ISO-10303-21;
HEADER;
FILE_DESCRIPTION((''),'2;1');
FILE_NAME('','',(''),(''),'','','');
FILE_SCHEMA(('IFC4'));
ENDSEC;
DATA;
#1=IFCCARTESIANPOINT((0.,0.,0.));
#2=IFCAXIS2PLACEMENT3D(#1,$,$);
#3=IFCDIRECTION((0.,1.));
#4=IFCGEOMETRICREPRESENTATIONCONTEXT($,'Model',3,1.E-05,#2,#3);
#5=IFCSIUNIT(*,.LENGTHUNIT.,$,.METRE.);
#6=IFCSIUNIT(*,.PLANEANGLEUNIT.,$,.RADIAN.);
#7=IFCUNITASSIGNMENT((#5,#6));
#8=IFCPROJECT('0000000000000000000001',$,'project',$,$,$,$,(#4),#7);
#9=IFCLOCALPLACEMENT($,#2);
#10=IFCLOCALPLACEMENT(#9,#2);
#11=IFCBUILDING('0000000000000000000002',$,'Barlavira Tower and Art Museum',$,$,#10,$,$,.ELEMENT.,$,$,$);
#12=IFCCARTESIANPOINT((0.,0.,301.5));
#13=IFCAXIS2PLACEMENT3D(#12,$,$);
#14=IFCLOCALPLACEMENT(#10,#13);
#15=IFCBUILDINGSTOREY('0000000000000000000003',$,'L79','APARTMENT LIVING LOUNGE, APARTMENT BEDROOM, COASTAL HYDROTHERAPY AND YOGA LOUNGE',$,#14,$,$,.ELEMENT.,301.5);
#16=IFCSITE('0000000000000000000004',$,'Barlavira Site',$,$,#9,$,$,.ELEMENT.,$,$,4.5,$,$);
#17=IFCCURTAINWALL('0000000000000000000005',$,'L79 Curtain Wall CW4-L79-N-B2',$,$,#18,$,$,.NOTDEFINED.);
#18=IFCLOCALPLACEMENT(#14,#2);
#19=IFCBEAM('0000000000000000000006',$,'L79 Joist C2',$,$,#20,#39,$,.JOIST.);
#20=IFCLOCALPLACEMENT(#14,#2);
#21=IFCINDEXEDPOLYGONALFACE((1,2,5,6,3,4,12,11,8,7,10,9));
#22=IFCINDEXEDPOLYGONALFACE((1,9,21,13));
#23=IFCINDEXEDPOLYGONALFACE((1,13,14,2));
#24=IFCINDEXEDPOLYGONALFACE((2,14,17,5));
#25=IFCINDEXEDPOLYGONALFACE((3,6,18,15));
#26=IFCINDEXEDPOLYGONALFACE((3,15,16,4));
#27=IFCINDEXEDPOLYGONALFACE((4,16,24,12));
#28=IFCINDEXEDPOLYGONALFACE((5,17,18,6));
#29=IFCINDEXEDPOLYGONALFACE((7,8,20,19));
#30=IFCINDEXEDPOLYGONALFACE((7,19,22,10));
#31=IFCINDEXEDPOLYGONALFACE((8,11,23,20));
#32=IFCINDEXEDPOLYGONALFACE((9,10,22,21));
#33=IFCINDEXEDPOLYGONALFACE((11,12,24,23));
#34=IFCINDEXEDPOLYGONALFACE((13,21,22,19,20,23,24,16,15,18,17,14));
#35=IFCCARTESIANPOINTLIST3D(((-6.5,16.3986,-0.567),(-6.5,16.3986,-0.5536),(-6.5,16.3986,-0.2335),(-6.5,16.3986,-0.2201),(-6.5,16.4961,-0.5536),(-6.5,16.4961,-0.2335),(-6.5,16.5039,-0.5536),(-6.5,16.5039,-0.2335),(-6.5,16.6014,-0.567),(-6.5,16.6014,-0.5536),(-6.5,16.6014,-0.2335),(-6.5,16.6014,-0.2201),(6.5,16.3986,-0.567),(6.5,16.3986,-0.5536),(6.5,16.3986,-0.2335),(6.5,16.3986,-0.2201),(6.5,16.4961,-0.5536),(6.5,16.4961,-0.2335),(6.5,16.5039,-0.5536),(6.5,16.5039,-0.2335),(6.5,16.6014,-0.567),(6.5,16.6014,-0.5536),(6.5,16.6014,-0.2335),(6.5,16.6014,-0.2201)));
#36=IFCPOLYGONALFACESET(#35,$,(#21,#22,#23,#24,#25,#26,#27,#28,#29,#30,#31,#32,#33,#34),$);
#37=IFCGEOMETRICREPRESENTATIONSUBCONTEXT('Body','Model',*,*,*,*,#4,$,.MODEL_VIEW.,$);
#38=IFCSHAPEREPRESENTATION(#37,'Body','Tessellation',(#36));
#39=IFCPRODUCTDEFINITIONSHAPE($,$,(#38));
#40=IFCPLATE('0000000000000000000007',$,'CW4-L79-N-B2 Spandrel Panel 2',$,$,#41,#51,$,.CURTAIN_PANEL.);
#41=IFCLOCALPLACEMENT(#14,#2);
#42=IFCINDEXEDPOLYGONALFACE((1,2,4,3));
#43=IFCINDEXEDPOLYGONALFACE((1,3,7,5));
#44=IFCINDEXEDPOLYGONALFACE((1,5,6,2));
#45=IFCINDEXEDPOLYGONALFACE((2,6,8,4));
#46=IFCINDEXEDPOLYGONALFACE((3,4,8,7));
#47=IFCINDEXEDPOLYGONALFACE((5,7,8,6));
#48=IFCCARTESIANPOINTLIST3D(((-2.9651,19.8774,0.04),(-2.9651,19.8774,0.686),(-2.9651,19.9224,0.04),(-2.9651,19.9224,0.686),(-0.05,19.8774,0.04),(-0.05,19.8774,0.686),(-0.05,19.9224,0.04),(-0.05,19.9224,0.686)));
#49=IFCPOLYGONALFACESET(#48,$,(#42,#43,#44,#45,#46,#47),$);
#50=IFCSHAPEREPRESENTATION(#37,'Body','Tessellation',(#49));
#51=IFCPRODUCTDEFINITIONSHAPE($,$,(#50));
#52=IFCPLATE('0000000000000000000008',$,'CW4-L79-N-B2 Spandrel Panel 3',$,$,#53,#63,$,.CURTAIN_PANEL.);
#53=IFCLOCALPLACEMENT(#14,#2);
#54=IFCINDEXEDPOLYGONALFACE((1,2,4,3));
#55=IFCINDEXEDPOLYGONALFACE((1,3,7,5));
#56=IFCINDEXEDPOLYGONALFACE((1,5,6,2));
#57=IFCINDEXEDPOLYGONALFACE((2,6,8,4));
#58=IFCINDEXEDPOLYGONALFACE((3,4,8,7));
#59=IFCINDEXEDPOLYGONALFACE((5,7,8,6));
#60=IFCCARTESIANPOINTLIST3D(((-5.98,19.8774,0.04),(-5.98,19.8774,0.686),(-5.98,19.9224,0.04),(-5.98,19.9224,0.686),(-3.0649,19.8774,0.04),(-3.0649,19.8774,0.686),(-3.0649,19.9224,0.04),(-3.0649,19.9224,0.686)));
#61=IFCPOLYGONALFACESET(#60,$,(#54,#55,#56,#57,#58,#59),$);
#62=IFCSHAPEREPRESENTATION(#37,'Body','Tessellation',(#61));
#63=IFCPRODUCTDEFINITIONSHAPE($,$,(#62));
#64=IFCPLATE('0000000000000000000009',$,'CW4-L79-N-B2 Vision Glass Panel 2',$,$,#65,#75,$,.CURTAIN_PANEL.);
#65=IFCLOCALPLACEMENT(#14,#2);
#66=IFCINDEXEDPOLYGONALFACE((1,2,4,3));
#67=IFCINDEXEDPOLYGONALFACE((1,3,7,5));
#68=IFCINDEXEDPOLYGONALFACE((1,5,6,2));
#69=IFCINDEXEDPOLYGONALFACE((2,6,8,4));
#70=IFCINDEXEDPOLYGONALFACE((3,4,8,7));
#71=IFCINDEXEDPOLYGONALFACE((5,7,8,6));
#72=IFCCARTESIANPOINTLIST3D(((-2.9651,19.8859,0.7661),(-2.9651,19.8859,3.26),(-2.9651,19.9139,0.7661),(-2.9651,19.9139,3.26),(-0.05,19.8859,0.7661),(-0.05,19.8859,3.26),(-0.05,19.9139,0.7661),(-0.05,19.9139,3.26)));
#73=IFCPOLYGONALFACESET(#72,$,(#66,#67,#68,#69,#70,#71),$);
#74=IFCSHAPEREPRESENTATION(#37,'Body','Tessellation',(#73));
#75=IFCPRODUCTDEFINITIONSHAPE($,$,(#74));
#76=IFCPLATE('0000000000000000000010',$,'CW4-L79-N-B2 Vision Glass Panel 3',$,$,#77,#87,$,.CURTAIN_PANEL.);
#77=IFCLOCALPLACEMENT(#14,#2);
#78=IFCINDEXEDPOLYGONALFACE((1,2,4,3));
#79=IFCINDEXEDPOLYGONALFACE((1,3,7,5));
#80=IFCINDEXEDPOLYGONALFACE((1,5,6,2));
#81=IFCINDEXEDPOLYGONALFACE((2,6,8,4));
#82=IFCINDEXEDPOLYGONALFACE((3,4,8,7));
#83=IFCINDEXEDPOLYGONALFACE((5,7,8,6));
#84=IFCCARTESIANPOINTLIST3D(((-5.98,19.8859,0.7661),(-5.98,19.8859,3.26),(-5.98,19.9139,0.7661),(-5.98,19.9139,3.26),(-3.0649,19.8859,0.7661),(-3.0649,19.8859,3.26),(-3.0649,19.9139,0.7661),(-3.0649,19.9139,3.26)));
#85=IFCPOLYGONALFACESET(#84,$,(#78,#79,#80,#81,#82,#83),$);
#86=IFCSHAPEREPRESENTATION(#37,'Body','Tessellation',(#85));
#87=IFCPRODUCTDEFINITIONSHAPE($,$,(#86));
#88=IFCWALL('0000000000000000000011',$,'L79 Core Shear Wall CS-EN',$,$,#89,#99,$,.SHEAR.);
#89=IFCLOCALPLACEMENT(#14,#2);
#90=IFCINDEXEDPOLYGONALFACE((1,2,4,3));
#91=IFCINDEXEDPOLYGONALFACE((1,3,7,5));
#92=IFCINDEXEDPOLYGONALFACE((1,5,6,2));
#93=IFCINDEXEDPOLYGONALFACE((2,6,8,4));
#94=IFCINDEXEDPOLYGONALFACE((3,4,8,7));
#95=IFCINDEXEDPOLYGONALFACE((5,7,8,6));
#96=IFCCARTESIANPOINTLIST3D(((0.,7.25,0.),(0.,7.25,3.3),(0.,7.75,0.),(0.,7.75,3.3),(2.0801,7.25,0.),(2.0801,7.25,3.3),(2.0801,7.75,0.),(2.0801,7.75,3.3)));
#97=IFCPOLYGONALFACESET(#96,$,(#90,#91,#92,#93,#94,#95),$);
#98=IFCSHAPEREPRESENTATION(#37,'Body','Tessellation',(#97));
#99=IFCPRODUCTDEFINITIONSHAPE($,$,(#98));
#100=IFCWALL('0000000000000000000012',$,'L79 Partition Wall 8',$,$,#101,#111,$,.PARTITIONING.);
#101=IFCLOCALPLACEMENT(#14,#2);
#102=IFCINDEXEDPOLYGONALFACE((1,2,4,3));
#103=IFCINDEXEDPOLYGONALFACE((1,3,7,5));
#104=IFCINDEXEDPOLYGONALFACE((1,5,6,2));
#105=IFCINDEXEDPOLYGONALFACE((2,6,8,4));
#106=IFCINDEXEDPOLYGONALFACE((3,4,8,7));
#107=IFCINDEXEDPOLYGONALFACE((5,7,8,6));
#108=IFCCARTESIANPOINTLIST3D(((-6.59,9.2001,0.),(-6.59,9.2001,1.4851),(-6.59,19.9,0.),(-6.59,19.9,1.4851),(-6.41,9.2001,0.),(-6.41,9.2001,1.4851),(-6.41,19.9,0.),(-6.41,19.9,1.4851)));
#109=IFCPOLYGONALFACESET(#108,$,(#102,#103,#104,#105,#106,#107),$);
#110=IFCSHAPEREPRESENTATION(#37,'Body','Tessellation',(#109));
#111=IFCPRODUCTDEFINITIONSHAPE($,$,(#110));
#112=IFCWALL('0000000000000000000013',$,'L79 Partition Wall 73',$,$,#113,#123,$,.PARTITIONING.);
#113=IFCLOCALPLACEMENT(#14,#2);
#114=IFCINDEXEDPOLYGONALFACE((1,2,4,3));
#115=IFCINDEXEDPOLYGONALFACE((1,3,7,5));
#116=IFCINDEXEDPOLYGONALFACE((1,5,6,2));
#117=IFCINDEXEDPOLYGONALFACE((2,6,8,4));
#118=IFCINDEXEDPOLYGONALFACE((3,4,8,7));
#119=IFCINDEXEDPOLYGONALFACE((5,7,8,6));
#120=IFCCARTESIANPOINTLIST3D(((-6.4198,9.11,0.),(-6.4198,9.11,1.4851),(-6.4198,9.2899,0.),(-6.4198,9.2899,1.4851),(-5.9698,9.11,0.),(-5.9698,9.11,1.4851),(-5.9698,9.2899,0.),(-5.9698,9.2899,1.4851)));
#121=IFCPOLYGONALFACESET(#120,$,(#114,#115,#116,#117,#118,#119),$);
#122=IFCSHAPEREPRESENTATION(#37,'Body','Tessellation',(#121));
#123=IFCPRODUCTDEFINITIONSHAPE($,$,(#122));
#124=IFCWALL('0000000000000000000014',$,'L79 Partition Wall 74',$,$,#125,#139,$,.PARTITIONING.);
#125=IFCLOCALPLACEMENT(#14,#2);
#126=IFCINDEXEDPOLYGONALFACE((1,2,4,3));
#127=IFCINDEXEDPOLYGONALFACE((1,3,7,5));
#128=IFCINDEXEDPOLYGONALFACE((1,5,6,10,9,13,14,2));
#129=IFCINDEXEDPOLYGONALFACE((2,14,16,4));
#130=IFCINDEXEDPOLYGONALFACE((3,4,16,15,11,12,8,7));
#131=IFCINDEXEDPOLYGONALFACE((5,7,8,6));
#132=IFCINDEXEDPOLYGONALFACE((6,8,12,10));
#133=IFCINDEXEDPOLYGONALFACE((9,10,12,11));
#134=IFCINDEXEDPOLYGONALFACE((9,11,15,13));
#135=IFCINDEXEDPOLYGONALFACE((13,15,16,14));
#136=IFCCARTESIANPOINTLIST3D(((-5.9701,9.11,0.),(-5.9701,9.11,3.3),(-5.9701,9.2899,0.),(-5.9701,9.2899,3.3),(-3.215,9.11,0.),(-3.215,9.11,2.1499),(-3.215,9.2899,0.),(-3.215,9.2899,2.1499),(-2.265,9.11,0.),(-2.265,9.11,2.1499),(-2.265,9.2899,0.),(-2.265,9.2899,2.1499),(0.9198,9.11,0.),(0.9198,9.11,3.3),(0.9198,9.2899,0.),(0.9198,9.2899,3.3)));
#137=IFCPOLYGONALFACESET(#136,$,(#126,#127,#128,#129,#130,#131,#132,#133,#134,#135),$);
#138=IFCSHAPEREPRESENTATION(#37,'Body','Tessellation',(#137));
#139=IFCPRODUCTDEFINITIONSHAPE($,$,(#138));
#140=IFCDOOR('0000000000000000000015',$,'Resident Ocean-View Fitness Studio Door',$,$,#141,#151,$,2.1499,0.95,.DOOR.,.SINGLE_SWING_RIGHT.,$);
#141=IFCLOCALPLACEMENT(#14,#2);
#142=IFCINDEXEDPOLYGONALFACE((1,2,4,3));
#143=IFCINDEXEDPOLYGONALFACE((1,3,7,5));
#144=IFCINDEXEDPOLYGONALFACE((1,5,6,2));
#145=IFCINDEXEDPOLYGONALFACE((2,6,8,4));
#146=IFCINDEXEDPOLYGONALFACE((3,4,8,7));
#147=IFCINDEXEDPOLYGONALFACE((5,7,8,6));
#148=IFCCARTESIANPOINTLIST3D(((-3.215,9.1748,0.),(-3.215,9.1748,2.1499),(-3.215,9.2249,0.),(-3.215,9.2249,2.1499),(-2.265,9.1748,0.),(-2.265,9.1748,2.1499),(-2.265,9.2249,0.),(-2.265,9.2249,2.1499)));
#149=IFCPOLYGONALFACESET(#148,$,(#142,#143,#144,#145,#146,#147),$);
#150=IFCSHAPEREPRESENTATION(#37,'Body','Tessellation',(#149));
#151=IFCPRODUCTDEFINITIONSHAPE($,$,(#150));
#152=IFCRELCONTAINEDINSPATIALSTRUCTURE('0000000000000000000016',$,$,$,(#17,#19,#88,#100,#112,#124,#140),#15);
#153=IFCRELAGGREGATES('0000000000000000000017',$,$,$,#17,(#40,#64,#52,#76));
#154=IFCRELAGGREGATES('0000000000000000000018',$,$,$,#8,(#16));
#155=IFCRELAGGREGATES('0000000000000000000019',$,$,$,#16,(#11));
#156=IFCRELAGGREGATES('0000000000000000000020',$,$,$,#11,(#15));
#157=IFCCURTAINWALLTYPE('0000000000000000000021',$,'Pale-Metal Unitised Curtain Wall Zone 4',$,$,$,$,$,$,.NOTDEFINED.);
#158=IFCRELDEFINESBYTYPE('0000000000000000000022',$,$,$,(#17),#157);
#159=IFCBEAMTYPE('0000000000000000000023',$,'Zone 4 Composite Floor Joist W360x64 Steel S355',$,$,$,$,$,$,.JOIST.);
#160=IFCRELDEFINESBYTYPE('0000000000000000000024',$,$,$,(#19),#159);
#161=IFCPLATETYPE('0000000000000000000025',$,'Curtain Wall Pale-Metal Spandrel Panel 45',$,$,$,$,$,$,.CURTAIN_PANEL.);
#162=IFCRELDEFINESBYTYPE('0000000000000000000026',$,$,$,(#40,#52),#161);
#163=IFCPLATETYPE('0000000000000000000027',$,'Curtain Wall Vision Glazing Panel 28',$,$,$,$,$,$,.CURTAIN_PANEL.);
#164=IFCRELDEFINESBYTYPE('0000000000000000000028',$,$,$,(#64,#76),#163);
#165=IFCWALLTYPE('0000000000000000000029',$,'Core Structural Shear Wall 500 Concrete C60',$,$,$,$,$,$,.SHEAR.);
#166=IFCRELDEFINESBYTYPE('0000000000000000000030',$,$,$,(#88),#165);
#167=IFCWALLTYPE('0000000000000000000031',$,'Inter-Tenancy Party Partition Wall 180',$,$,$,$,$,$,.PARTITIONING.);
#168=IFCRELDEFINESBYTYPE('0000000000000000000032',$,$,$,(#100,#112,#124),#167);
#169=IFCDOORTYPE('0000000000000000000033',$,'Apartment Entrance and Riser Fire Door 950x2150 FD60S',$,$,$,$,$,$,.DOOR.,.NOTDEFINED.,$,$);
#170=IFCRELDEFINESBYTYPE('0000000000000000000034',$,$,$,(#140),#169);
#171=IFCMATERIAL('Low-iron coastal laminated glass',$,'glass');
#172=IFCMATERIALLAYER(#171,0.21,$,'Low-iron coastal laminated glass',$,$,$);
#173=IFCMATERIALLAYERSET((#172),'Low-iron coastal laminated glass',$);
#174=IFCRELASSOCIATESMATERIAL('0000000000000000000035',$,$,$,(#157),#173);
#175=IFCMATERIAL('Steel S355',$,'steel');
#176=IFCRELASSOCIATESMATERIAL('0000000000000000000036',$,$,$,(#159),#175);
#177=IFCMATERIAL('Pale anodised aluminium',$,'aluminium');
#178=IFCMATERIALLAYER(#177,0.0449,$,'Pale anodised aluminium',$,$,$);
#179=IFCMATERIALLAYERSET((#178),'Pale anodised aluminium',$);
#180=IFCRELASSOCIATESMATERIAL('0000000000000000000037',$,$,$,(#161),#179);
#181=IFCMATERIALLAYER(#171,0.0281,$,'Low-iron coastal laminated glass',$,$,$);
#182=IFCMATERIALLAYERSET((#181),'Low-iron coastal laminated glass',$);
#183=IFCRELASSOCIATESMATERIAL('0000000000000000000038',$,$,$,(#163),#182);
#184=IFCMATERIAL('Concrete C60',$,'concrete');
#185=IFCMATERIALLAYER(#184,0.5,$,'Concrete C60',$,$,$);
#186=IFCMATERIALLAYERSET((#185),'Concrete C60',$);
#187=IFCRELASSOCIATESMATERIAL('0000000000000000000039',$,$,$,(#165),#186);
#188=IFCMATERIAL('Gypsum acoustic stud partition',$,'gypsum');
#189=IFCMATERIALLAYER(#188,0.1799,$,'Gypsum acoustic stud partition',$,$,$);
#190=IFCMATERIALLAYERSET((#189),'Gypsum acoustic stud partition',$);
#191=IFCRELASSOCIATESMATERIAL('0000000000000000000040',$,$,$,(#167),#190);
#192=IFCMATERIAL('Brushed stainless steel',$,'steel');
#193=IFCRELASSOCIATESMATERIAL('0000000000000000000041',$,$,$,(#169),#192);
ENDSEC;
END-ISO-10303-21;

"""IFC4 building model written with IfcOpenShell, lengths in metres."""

from ifc_helpers import new_model, si_unit, direction, frame, frame_2d, origin, origin_2d, place, context, subcontext, project, spatial, rectangle, i_section, extrude, material, layer, layer_set, material_profile, profile_set, type_object, element, fill, aggregate, save


model = new_model("IFC4")

# Units and contexts
model_context = context("Model", 3, precision=1e-05, world=origin(), true_north=direction((0.0, 1.0)))
body_context = subcontext(model_context, "Body", "Model", "MODEL_VIEW")
ifc_project = project(units=[si_unit("LENGTHUNIT", "METRE"), si_unit("PLANEANGLEUNIT", "RADIAN")], contexts=[model_context])

# Site, building, storey
site_placement = place(None, origin())
site = spatial("IfcSite", under=ifc_project, at=site_placement, Name="Barlavira Site", CompositionType="ELEMENT", RefElevation=4.5)
building_placement = place(site_placement, origin())
building = spatial("IfcBuilding", under=site, at=building_placement, Name="Barlavira Tower and Art Museum", CompositionType="ELEMENT")
storey_placement = place(building_placement, frame((0.0, 0.0, 301.5)))
storey = spatial("IfcBuildingStorey", under=building, at=storey_placement, Name="L79", Description="APARTMENT LIVING LOUNGE, APARTMENT BEDROOM, COASTAL HYDROTHERAPY AND YOGA LOUNGE", CompositionType="ELEMENT", Elevation=301.5)

# Shared definitions
ifc_material_1 = material(Name="Steel S355", Category="steel")

# Curtain wall
ifc_material_2 = material(Name="Low-iron coastal laminated glass", Category="glass")
ifc_layer_1 = layer(ifc_material_2, 0.21, Name="Low-iron coastal laminated glass")
ifc_layer_set_1 = layer_set([ifc_layer_1], Name="Low-iron coastal laminated glass")
curtain_wall_type = type_object("IfcCurtainWallType", Name="Pale-Metal Unitised Curtain Wall Zone 4", PredefinedType="NOTDEFINED", material=ifc_layer_set_1)
curtain_wall_placement = place(storey_placement, origin())
curtain_wall = element("IfcCurtainWall", 1, at=curtain_wall_placement, inside=storey, type_object=curtain_wall_type, Name="L79 Curtain Wall CW4-L79-N-B2", PredefinedType="NOTDEFINED")
ifc_material_3 = material(Name="Pale anodised aluminium", Category="aluminium")

# Beam
ifc_material_profile_1 = material_profile(ifc_material_1, i_section(OverallWidth=0.2029, OverallDepth=0.3469, WebThickness=0.0078, FlangeThickness=0.0134, at=origin_2d()), Name="W360x64.0")
ifc_profile_set_1 = profile_set([ifc_material_profile_1], Name="Steel S355")
beam_type_1 = type_object("IfcBeamType", Name="Zone 4 Composite Floor Joist W360x64 Steel S355", PredefinedType="JOIST", material=ifc_profile_set_1)
beam_1_placement = place(storey_placement, frame((-6.5, 16.5, -0.3936), z_axis=(1.0, 0.0, 0.0), x_axis=(0.0, 1.0, 0.0)))
element("IfcBeam", 2, at=beam_1_placement, inside=storey, type_object=beam_type_1, Name="L79 Joist C2", PredefinedType="JOIST", context=body_context, shape_type="SweptSolid", body=[
    extrude(i_section(OverallWidth=0.2029, OverallDepth=0.3469, WebThickness=0.0078, FlangeThickness=0.0134, at=origin_2d()), origin(), (0.0, 0.0, 1.0), 13.0),
])

# Plates
ifc_layer_2 = layer(ifc_material_3, 0.0449, Name="Pale anodised aluminium")
ifc_layer_set_2 = layer_set([ifc_layer_2], Name="Pale anodised aluminium")
plate_type_1 = type_object("IfcPlateType", Name="Curtain Wall Pale-Metal Spandrel Panel 45", PredefinedType="CURTAIN_PANEL", material=ifc_layer_set_2)
plate_1_placement = place(storey_placement, frame((-1.5076, 19.8999, 0.04), z_axis=(0.0, 0.0, 1.0), x_axis=(-1.0, 0.0, 0.0)))
plate_1 = element("IfcPlate", 3, at=plate_1_placement, type_object=plate_type_1, Name="CW4-L79-N-B2 Spandrel Panel 2", PredefinedType="CURTAIN_PANEL", context=body_context, shape_type="SweptSolid", body=[
    extrude(rectangle(XDim=2.915, YDim=0.0449, at=origin_2d()), origin(), (0.0, 0.0, 1.0), 0.646),
])
plate_2_placement = place(storey_placement, frame((-4.5225, 19.8999, 0.04), z_axis=(0.0, 0.0, 1.0), x_axis=(-1.0, 0.0, 0.0)))
plate_2 = element("IfcPlate", 4, at=plate_2_placement, type_object=plate_type_1, Name="CW4-L79-N-B2 Spandrel Panel 3", PredefinedType="CURTAIN_PANEL", context=body_context, shape_type="SweptSolid", body=[
    extrude(rectangle(XDim=2.915, YDim=0.0449, at=origin_2d()), origin(), (0.0, 0.0, 1.0), 0.646),
])
ifc_layer_3 = layer(ifc_material_2, 0.0281, Name="Low-iron coastal laminated glass")
ifc_layer_set_3 = layer_set([ifc_layer_3], Name="Low-iron coastal laminated glass")
plate_type_2 = type_object("IfcPlateType", Name="Curtain Wall Vision Glazing Panel 28", PredefinedType="CURTAIN_PANEL", material=ifc_layer_set_3)
plate_3_placement = place(storey_placement, frame((-1.5076, 19.8999, 0.7661), z_axis=(0.0, 0.0, 1.0), x_axis=(-1.0, 0.0, 0.0)))
plate_3 = element("IfcPlate", 5, at=plate_3_placement, type_object=plate_type_2, Name="CW4-L79-N-B2 Vision Glass Panel 2", PredefinedType="CURTAIN_PANEL", context=body_context, shape_type="SweptSolid", body=[
    extrude(rectangle(XDim=2.915, YDim=0.0281, at=origin_2d()), origin(), (0.0, 0.0, 1.0), 2.4939),
])
plate_4_placement = place(storey_placement, frame((-4.5225, 19.8999, 0.7661), z_axis=(0.0, 0.0, 1.0), x_axis=(-1.0, 0.0, 0.0)))
plate_4 = element("IfcPlate", 6, at=plate_4_placement, type_object=plate_type_2, Name="CW4-L79-N-B2 Vision Glass Panel 3", PredefinedType="CURTAIN_PANEL", context=body_context, shape_type="SweptSolid", body=[
    extrude(rectangle(XDim=2.915, YDim=0.0281, at=origin_2d()), origin(), (0.0, 0.0, 1.0), 2.4939),
])
aggregate(curtain_wall, [plate_1, plate_3, plate_2, plate_4])

# Walls
ifc_material_4 = material(Name="Concrete C60", Category="concrete")
ifc_layer_4 = layer(ifc_material_4, 0.5, Name="Concrete C60")
ifc_layer_set_4 = layer_set([ifc_layer_4], Name="Concrete C60")
wall_type_1 = type_object("IfcWallType", Name="Core Structural Shear Wall 500 Concrete C60", PredefinedType="SHEAR", material=ifc_layer_set_4)
wall_1_placement = place(storey_placement, frame((0.0, 7.5, 0.0), z_axis=(0.0, 0.0, 1.0), x_axis=(1.0, 0.0, 0.0)))
element("IfcWall", 7, at=wall_1_placement, inside=storey, type_object=wall_type_1, Name="L79 Core Shear Wall CS-EN", PredefinedType="SHEAR", context=body_context, shape_type="SweptSolid", body=[
    extrude(rectangle(XDim=2.0801, YDim=0.5, at=frame_2d((1.04, 0.0))), origin(), (0.0, 0.0, 1.0), 3.3),
])
ifc_material_5 = material(Name="Gypsum acoustic stud partition", Category="gypsum")
ifc_layer_5 = layer(ifc_material_5, 0.1799, Name="Gypsum acoustic stud partition")
ifc_layer_set_5 = layer_set([ifc_layer_5], Name="Gypsum acoustic stud partition")
wall_type_2 = type_object("IfcWallType", Name="Inter-Tenancy Party Partition Wall 180", PredefinedType="PARTITIONING", material=ifc_layer_set_5)
wall_2_placement = place(storey_placement, frame((-6.5, 9.2, 0.0), z_axis=(0.0, 0.0, 1.0), x_axis=(0.0, 1.0, 0.0)))
element("IfcWall", 8, at=wall_2_placement, inside=storey, type_object=wall_type_2, Name="L79 Partition Wall 8", PredefinedType="PARTITIONING", context=body_context, shape_type="SweptSolid", body=[
    extrude(rectangle(XDim=10.7, YDim=0.1799, at=frame_2d((5.3501, 0.0))), origin(), (0.0, 0.0, 1.0), 1.4851),
])
wall_3_placement = place(storey_placement, frame((-6.4199, 9.2, 0.0), z_axis=(0.0, 0.0, 1.0), x_axis=(1.0, 0.0, 0.0)))
element("IfcWall", 9, at=wall_3_placement, inside=storey, type_object=wall_type_2, Name="L79 Partition Wall 73", PredefinedType="PARTITIONING", context=body_context, shape_type="SweptSolid", body=[
    extrude(rectangle(XDim=0.45, YDim=0.1799, at=frame_2d((0.2251, 0.0))), origin(), (0.0, 0.0, 1.0), 1.4851),
])

# Wall, opening, door
wall_4_placement = place(storey_placement, frame((-5.97, 9.2, 0.0), z_axis=(0.0, 0.0, 1.0), x_axis=(1.0, 0.0, 0.0)))
wall_4 = element("IfcWall", 10, at=wall_4_placement, inside=storey, type_object=wall_type_2, Name="L79 Partition Wall 74", PredefinedType="PARTITIONING", context=body_context, shape_type="SweptSolid", body=[
    extrude(rectangle(XDim=6.8899, YDim=0.1799, at=frame_2d((3.4448, 0.0))), origin(), (0.0, 0.0, 1.0), 3.3),
])
opening_placement = place(wall_4_placement, frame((2.7549, 0.0, 0.0)))
opening = element("IfcOpeningElement", 11, at=opening_placement, cuts=wall_4, PredefinedType="OPENING", context=body_context, shape_type="SweptSolid", body=[
    extrude(rectangle(XDim=0.95, YDim=2.1499, at=frame_2d((0.4751, 1.075))), frame((0.0, 0.1001, 0.0), z_axis=(0.0, -1.0, 0.0), x_axis=(1.0, 0.0, 0.0)), (0.0, 0.0, 1.0), 0.2),
])
ifc_material_6 = material(Name="Brushed stainless steel", Category="steel")
door_type = type_object("IfcDoorType", Name="Apartment Entrance and Riser Fire Door 950x2150 FD60S", OperationType="NOTDEFINED", PredefinedType="DOOR", material=ifc_material_6)
door_placement = place(opening_placement, origin())
door = element("IfcDoor", 12, at=door_placement, inside=storey, type_object=door_type, Name="Resident Ocean-View Fitness Studio Door", OperationType="SINGLE_SWING_RIGHT", OverallHeight=2.1499, OverallWidth=0.95, PredefinedType="DOOR", context=body_context, shape_type="SweptSolid", body=[
    extrude(rectangle(XDim=0.95, YDim=2.1499, at=frame_2d((0.4751, 1.075))), frame((0.0, 0.0249, 0.0), z_axis=(0.0, -1.0, 0.0), x_axis=(1.0, 0.0, 0.0)), (0.0, 0.0, 1.0), 0.05),
])
fill(opening, door)

save(model, "model.ifc")
